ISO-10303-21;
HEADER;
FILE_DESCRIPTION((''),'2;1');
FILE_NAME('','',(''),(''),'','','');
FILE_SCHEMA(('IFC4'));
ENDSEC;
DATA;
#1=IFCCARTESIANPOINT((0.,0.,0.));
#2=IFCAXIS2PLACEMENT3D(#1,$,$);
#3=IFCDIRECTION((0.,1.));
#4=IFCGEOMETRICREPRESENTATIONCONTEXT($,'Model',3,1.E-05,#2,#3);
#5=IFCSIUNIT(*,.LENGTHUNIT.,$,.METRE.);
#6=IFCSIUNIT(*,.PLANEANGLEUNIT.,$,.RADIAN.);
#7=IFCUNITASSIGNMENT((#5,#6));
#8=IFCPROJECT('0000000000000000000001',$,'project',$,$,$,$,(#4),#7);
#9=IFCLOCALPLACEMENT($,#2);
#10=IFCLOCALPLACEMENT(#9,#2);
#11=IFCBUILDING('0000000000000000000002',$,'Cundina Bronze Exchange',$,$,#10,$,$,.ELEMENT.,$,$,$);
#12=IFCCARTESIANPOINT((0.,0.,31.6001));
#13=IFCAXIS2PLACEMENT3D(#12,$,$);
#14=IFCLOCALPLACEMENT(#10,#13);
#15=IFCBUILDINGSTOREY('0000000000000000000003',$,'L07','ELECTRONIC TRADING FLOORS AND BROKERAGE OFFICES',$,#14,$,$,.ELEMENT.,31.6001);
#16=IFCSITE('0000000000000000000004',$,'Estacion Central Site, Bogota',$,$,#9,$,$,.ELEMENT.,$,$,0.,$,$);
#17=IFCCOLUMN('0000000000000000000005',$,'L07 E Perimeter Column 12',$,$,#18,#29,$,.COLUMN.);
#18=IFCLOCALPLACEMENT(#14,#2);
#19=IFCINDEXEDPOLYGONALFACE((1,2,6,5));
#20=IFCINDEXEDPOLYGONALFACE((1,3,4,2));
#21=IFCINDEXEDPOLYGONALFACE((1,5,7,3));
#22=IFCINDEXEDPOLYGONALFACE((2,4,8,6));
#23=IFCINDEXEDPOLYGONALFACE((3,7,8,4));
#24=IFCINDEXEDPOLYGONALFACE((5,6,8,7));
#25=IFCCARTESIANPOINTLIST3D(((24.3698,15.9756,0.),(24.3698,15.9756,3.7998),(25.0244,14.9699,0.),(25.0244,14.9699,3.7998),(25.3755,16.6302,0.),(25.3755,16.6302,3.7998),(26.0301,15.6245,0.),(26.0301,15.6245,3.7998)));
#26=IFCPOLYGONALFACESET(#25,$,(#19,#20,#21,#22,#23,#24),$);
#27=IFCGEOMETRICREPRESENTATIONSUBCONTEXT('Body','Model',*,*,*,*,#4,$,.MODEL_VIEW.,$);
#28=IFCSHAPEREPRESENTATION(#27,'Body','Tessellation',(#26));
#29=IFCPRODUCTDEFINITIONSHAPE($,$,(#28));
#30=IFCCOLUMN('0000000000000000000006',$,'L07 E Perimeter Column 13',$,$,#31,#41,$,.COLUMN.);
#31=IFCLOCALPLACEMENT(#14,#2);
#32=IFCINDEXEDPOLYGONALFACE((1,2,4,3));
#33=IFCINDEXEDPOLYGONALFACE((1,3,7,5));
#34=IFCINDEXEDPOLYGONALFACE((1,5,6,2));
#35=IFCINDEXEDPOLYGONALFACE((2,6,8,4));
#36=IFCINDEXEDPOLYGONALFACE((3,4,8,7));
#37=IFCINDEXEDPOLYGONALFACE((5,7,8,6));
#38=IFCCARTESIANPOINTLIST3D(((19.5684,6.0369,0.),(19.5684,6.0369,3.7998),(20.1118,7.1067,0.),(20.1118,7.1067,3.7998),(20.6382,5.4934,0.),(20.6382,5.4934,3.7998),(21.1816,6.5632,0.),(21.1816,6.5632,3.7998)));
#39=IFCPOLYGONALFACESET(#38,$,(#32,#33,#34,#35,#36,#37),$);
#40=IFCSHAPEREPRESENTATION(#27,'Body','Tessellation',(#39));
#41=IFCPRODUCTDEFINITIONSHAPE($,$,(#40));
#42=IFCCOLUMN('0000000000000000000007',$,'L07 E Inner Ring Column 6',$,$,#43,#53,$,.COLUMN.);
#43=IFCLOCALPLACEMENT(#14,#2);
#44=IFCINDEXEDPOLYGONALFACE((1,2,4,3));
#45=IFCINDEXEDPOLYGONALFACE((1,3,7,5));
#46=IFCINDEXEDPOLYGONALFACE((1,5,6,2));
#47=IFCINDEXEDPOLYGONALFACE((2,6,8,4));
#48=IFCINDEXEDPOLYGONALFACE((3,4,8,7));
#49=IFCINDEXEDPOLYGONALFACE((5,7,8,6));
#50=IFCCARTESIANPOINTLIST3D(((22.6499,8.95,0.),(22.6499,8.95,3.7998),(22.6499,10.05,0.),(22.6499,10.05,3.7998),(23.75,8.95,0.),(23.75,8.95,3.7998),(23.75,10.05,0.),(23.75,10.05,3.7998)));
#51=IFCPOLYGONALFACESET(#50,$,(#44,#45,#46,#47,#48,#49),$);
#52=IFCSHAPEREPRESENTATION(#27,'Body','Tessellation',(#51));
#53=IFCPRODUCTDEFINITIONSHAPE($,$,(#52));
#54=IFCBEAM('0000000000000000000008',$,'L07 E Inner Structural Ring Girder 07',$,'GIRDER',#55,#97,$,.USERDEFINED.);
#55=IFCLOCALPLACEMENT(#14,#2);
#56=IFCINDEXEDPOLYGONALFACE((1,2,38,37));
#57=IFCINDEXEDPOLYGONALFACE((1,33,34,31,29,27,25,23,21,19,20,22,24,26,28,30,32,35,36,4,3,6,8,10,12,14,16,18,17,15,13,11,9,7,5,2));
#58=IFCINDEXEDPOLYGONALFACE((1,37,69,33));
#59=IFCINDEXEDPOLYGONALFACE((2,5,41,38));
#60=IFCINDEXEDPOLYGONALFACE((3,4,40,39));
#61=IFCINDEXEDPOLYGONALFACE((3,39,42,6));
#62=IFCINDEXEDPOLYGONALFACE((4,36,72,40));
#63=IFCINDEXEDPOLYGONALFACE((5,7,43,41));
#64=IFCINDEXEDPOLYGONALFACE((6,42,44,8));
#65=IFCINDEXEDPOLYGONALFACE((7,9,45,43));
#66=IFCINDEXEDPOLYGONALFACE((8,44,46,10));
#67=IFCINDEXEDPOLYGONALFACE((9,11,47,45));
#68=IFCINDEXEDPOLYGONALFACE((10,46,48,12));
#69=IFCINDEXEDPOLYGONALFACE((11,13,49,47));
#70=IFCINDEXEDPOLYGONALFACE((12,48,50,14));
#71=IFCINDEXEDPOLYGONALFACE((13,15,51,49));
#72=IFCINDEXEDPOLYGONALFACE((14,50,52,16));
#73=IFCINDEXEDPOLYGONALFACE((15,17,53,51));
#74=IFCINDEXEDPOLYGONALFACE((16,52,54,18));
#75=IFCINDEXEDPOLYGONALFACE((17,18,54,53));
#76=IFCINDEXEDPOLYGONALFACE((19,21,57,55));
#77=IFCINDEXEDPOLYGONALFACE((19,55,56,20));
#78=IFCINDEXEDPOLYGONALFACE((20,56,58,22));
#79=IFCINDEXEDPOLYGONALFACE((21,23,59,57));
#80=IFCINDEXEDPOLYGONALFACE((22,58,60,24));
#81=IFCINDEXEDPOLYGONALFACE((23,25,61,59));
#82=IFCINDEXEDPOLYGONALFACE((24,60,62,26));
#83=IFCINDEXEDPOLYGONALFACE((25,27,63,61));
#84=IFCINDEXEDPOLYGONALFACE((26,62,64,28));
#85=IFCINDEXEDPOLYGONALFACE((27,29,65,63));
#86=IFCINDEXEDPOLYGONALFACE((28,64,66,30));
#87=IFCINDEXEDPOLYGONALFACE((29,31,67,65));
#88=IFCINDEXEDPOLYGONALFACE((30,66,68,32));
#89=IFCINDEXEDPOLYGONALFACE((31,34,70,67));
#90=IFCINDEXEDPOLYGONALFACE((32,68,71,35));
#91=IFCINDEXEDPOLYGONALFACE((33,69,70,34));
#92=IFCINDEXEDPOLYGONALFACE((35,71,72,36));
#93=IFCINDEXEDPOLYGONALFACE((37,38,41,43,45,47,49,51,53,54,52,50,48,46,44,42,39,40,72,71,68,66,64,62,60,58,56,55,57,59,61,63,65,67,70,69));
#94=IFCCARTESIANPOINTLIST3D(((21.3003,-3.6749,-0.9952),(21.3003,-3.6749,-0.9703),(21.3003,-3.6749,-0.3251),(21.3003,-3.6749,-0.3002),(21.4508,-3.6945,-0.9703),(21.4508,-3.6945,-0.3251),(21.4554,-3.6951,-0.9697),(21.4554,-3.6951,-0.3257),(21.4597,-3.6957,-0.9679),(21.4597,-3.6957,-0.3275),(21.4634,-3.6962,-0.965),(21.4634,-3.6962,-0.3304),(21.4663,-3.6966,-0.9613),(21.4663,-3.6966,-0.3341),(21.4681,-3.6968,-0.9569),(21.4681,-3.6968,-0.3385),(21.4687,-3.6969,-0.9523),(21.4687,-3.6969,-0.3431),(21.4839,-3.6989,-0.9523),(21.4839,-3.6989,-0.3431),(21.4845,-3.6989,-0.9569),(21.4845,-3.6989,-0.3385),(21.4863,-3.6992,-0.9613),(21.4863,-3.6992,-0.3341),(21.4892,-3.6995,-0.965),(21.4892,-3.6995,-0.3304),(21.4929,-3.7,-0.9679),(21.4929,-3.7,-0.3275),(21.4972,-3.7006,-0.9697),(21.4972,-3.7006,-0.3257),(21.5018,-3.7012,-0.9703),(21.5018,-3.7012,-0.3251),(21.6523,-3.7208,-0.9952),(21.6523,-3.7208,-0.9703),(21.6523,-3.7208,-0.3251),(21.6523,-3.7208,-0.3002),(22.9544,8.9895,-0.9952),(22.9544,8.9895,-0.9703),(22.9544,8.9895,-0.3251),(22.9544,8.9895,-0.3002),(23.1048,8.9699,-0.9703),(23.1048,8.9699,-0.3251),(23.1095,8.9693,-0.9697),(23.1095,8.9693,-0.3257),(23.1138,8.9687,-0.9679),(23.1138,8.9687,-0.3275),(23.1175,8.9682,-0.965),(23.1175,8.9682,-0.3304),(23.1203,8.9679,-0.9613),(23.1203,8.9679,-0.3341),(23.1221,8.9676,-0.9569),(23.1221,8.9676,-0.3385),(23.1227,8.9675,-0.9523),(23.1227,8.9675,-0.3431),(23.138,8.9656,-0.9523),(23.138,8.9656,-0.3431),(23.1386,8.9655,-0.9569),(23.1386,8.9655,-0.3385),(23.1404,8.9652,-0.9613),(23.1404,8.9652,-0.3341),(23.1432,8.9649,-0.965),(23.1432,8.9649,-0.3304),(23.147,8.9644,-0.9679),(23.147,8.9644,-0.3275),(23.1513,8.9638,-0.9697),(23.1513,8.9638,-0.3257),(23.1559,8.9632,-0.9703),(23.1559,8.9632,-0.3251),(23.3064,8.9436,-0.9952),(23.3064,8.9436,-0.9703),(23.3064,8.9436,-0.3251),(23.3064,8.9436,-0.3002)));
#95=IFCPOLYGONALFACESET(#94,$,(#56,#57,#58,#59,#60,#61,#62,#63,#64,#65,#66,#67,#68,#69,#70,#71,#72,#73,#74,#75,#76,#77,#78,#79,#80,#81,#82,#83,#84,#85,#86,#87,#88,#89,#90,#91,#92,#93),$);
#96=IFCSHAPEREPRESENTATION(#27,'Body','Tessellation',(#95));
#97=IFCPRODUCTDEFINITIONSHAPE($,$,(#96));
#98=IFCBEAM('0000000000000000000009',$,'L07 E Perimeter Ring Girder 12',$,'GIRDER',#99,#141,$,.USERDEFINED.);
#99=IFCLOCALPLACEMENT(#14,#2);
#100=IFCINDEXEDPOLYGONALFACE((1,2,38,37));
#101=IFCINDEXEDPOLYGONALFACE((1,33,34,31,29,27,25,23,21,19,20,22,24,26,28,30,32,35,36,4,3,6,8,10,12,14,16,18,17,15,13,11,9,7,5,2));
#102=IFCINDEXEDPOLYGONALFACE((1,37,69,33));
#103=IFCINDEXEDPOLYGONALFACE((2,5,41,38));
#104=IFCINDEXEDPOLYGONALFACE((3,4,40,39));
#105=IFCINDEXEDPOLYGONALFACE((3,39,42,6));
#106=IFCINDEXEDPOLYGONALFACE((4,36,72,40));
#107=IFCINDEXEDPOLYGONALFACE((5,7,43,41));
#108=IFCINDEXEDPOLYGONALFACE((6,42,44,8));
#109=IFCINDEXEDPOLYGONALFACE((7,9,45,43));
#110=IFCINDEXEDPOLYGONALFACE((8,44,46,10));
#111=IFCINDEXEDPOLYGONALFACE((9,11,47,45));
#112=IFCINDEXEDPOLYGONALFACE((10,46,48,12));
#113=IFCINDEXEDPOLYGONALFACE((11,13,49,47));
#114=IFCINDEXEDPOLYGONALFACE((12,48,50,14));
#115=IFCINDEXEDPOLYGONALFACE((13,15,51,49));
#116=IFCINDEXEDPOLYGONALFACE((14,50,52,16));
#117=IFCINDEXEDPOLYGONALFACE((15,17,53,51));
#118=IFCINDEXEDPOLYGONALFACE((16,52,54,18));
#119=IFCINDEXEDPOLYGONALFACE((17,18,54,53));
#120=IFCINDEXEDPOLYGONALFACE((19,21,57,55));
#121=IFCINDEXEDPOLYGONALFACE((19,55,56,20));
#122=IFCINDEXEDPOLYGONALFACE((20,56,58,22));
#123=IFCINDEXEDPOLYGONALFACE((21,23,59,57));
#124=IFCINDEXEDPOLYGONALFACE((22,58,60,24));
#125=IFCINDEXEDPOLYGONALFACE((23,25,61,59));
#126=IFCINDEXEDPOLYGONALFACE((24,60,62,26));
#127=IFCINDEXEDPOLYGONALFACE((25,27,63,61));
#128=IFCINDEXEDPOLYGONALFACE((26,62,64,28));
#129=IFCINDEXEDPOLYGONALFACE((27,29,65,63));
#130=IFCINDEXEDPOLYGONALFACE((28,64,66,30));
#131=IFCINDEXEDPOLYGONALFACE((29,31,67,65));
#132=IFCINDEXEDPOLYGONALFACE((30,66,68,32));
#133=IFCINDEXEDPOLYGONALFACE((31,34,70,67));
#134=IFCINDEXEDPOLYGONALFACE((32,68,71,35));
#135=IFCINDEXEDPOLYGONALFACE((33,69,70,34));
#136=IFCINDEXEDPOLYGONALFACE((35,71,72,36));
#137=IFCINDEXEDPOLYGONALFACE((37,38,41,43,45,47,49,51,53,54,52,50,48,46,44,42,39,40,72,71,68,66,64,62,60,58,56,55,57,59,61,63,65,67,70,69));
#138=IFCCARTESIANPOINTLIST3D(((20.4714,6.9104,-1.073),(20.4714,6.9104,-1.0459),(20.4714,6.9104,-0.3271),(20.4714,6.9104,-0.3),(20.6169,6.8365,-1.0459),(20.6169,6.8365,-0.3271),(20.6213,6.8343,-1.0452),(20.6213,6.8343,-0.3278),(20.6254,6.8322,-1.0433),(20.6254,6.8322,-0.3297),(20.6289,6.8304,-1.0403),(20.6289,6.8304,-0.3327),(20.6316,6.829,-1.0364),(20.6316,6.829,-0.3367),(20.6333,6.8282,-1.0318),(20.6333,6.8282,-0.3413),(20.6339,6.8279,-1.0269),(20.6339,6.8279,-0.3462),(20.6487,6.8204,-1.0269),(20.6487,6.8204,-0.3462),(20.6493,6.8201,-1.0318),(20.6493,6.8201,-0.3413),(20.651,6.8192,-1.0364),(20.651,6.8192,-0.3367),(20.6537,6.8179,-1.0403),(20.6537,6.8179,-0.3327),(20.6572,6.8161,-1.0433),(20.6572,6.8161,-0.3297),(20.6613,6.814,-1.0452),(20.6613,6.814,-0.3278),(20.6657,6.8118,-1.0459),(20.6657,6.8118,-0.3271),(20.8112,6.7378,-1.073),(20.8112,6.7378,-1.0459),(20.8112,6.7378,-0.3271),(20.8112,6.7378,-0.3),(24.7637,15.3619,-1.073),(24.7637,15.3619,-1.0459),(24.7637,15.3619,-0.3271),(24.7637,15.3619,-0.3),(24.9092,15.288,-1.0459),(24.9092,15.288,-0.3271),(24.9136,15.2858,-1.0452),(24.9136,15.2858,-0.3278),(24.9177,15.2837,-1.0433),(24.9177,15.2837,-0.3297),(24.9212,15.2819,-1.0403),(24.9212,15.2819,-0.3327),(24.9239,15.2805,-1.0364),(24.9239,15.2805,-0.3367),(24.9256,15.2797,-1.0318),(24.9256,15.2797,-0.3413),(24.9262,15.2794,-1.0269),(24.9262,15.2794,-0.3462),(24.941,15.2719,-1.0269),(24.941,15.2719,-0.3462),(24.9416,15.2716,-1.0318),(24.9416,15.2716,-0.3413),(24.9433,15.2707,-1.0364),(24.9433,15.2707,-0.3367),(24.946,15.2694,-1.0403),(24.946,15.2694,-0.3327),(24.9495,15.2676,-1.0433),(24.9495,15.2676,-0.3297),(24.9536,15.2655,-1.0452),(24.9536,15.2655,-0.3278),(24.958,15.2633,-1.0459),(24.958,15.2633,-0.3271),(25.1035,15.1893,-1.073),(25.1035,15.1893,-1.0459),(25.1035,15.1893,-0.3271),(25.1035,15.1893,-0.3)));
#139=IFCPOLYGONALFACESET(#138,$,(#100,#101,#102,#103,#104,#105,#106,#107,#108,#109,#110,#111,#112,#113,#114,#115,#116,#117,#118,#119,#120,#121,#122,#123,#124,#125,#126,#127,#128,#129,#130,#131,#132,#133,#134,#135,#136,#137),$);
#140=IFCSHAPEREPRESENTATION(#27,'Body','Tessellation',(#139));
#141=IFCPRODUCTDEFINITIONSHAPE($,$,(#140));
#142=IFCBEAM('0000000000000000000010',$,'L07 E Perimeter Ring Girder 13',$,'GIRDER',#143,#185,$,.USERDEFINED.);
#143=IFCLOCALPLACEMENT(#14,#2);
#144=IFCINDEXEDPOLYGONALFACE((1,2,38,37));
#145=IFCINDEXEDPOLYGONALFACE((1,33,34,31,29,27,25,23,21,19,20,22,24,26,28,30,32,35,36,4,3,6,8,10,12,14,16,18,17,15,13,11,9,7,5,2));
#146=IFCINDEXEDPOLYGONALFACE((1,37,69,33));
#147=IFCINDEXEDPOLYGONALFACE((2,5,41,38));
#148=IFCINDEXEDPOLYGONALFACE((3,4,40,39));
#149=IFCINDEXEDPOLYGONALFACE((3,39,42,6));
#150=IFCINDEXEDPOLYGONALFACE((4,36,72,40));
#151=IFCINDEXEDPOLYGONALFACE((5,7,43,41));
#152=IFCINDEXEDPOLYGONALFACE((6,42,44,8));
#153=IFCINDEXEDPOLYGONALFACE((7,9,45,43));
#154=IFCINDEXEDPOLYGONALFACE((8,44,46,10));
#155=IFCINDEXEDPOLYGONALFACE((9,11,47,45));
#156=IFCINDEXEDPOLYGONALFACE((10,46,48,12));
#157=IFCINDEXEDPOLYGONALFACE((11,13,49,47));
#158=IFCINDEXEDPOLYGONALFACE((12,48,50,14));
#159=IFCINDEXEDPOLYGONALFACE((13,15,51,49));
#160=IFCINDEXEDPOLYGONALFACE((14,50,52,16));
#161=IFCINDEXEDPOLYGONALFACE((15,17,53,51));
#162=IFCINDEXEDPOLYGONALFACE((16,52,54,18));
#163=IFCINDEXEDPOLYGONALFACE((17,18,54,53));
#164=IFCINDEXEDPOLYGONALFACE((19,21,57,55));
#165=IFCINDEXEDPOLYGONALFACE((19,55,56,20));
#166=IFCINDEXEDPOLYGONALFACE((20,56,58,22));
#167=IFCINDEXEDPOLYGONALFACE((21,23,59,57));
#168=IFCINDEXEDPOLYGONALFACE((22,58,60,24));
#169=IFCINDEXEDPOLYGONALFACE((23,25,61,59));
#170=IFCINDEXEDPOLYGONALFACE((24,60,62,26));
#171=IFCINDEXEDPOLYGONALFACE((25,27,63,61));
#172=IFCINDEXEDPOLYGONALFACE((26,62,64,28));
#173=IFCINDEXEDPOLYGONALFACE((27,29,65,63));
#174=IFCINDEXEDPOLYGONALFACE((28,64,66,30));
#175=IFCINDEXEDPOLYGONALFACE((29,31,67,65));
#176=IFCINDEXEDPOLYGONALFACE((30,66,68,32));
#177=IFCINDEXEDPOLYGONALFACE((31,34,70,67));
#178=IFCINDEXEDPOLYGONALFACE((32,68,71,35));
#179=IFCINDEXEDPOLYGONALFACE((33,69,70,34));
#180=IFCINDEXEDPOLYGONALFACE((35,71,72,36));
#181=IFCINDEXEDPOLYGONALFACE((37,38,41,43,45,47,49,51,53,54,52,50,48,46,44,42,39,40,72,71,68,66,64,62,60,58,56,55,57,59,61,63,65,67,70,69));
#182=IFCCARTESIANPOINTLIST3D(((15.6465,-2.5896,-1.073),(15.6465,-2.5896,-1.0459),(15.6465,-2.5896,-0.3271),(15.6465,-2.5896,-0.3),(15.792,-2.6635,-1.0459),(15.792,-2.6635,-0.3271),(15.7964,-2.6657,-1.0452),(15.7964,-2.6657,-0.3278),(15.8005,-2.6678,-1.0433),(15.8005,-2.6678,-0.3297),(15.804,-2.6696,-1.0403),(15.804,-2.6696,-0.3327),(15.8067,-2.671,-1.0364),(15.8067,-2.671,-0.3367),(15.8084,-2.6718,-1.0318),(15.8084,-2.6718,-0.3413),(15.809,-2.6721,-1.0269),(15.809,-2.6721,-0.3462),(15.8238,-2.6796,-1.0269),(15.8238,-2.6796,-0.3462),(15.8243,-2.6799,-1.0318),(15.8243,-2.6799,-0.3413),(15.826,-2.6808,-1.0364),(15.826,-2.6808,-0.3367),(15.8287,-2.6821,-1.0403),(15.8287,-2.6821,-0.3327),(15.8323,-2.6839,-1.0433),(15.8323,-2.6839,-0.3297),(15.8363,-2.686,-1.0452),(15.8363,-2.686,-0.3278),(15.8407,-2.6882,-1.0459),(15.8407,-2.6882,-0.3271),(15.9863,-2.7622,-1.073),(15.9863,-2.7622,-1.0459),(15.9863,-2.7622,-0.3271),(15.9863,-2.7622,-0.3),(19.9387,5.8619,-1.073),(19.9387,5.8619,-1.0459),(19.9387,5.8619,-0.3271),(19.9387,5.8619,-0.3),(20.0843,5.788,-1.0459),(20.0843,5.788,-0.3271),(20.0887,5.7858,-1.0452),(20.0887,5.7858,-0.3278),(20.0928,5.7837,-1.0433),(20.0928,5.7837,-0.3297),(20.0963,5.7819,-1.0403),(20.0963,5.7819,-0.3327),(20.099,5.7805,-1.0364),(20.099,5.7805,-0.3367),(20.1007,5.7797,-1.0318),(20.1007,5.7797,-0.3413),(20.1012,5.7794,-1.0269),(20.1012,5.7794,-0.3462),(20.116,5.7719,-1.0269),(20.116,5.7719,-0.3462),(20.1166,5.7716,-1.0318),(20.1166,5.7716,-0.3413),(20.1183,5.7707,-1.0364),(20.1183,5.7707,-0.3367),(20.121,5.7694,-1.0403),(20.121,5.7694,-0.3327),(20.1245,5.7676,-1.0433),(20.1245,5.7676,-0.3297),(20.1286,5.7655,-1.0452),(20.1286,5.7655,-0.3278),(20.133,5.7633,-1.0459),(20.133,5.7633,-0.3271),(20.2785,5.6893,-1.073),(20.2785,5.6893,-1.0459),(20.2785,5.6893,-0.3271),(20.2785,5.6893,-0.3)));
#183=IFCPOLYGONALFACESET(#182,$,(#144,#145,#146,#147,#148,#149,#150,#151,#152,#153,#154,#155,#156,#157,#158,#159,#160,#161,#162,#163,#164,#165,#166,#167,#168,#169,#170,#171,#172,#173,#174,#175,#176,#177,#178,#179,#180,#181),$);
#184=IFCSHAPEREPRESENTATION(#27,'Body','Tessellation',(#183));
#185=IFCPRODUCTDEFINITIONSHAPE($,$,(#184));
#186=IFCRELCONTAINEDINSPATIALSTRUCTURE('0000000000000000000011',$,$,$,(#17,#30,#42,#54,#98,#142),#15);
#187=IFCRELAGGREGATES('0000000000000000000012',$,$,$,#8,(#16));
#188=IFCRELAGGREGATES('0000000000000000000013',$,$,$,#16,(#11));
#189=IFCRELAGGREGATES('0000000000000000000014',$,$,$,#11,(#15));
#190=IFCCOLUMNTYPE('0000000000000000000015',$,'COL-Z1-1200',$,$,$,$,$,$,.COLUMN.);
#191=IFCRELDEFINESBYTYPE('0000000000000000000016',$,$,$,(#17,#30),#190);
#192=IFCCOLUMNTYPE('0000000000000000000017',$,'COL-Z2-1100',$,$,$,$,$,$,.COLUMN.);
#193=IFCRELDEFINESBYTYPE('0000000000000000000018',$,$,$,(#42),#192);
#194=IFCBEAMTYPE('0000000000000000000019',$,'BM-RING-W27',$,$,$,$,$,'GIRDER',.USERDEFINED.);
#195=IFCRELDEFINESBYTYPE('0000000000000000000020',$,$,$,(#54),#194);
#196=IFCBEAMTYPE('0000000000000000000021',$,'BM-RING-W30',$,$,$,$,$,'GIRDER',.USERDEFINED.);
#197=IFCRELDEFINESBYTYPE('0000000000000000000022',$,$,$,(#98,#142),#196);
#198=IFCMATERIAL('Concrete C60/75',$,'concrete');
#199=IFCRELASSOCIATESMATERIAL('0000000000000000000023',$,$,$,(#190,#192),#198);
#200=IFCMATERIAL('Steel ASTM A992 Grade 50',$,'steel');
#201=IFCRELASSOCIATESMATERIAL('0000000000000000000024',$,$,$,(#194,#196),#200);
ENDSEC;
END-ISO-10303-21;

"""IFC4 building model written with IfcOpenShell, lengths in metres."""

from ifc_helpers import new_model, si_unit, direction, frame, origin, origin_2d, place, context, subcontext, project, spatial, rectangle, i_section, extrude, material, material_profile, profile_set, type_object, element, save


model = new_model("IFC4")

# Units and contexts
model_context = context("Model", 3, precision=1e-05, world=origin(), true_north=direction((0.0, 1.0)))
body_context = subcontext(model_context, "Body", "Model", "MODEL_VIEW")
ifc_project = project(units=[si_unit("LENGTHUNIT", "METRE"), si_unit("PLANEANGLEUNIT", "RADIAN")], contexts=[model_context])

# Site, building, storey
site_placement = place(None, origin())
site = spatial("IfcSite", under=ifc_project, at=site_placement, Name="Estacion Central Site, Bogota", CompositionType="ELEMENT", RefElevation=0.0)
building_placement = place(site_placement, origin())
building = spatial("IfcBuilding", under=site, at=building_placement, Name="Cundina Bronze Exchange", CompositionType="ELEMENT")
storey_placement = place(building_placement, frame((0.0, 0.0, 31.6001)))
storey = spatial("IfcBuildingStorey", under=building, at=storey_placement, Name="L07", Description="ELECTRONIC TRADING FLOORS AND BROKERAGE OFFICES", CompositionType="ELEMENT", Elevation=31.6001)

# Columns
ifc_material_1 = material(Name="Concrete C60/75", Category="concrete")
ifc_material_profile_1 = material_profile(ifc_material_1, rectangle(XDim=1.2, YDim=1.2, at=origin_2d()), Name="RC1200X1200", Category="concrete")
ifc_profile_set_1 = profile_set([ifc_material_profile_1], Name="Concrete C60/75")
column_type_1 = type_object("IfcColumnType", Name="COL-Z1-1200", PredefinedType="COLUMN", material=ifc_profile_set_1)
for number, where, z_axis, x_axis, name in (
    (1, (25.2, 15.8, 0.0), (0.0, 0.0, 1.0), (-0.8381, -0.545517, 0.0), "L07 E Perimeter Column 12"),
    (2, (20.375, 6.3, 0.0), (0.0, 0.0, 1.0), (-0.452902, -0.891561, 0.0), "L07 E Perimeter Column 13"),
):
    element("IfcColumn", number, at=place(storey_placement, frame(where, z_axis=z_axis, x_axis=x_axis)), inside=storey, type_object=column_type_1, Name=name, PredefinedType="COLUMN", context=body_context, shape_type="SweptSolid", body=[
        extrude(rectangle(XDim=1.2, YDim=1.2, at=origin_2d()), origin(), (0.0, 0.0, 1.0), 3.7998),
    ])
ifc_material_profile_2 = material_profile(ifc_material_1, rectangle(XDim=1.1001, YDim=1.1001, at=origin_2d()), Name="RC1100X1100", Category="concrete")
ifc_profile_set_2 = profile_set([ifc_material_profile_2], Name="Concrete C60/75")
column_type_2 = type_object("IfcColumnType", Name="COL-Z2-1100", PredefinedType="COLUMN", material=ifc_profile_set_2)
column_placement = place(storey_placement, frame((23.2, 9.5, 0.0), z_axis=(0.0, 0.0, 1.0), x_axis=(1.0, 0.0, 0.0)))
element("IfcColumn", 3, at=column_placement, inside=storey, type_object=column_type_2, Name="L07 E Inner Ring Column 6", PredefinedType="COLUMN", context=body_context, shape_type="SweptSolid", body=[
    extrude(rectangle(XDim=1.1001, YDim=1.1001, at=origin_2d()), origin(), (0.0, 0.0, 1.0), 3.7998),
])

# Beams
ifc_material_2 = material(Name="Steel ASTM A992 Grade 50", Category="steel")
ifc_material_profile_3 = material_profile(ifc_material_2, i_section(OverallWidth=0.355, OverallDepth=0.6951, WebThickness=0.0154, FlangeThickness=0.0249, FilletRadius=0.0181, at=origin_2d()), Name="W27X146", Category="steel")
ifc_profile_set_3 = profile_set([ifc_material_profile_3], Name="Steel ASTM A992 Grade 50")
beam_type_1 = type_object("IfcBeamType", Name="BM-RING-W27", ElementType="GIRDER", PredefinedType="USERDEFINED", material=ifc_profile_set_3)
beam_placement = place(storey_placement, frame((23.1304, 8.9666, -0.6477), z_axis=(-0.129508, -0.991578, 0.0), x_axis=(0.991578, -0.129508, 0.0)))
element("IfcBeam", 4, at=beam_placement, inside=storey, type_object=beam_type_1, Name="L07 E Inner Structural Ring Girder 07", ObjectType="GIRDER", PredefinedType="USERDEFINED", context=body_context, shape_type="SweptSolid", body=[
    extrude(i_section(OverallWidth=0.355, OverallDepth=0.6951, WebThickness=0.0154, FlangeThickness=0.0249, FilletRadius=0.0181, at=origin_2d()), origin(), (0.0, 0.0, 1.0), 12.772),
])
ifc_material_profile_4 = material_profile(ifc_material_2, i_section(OverallWidth=0.3811, OverallDepth=0.7729, WebThickness=0.0166, FlangeThickness=0.0271, FilletRadius=0.019, at=origin_2d()), Name="W30X173", Category="steel")
ifc_profile_set_4 = profile_set([ifc_material_profile_4], Name="Steel ASTM A992 Grade 50")
beam_type_2 = type_object("IfcBeamType", Name="BM-RING-W30", ElementType="GIRDER", PredefinedType="USERDEFINED", material=ifc_profile_set_4)
for number, where, z_axis, x_axis, name in (
    (5, (24.9336, 15.2756, -0.6865), (-0.45282, -0.891602, 0.0), (0.891602, -0.45282, 0.0), "L07 E Perimeter Ring Girder 12"),
    (6, (20.1086, 5.7756, -0.6865), (-0.45282, -0.891602, 0.0), (0.891602, -0.45282, 0.0), "L07 E Perimeter Ring Girder 13"),
):
    element("IfcBeam", number, at=place(storey_placement, frame(where, z_axis=z_axis, x_axis=x_axis)), inside=storey, type_object=beam_type_2, Name=name, ObjectType="GIRDER", PredefinedType="USERDEFINED", context=body_context, shape_type="SweptSolid", body=[
        extrude(i_section(OverallWidth=0.3811, OverallDepth=0.7729, WebThickness=0.0166, FlangeThickness=0.0271, FilletRadius=0.019, at=origin_2d()), origin(), (0.0, 0.0, 1.0), 9.479),
    ])

save(model, "model.ifc")
